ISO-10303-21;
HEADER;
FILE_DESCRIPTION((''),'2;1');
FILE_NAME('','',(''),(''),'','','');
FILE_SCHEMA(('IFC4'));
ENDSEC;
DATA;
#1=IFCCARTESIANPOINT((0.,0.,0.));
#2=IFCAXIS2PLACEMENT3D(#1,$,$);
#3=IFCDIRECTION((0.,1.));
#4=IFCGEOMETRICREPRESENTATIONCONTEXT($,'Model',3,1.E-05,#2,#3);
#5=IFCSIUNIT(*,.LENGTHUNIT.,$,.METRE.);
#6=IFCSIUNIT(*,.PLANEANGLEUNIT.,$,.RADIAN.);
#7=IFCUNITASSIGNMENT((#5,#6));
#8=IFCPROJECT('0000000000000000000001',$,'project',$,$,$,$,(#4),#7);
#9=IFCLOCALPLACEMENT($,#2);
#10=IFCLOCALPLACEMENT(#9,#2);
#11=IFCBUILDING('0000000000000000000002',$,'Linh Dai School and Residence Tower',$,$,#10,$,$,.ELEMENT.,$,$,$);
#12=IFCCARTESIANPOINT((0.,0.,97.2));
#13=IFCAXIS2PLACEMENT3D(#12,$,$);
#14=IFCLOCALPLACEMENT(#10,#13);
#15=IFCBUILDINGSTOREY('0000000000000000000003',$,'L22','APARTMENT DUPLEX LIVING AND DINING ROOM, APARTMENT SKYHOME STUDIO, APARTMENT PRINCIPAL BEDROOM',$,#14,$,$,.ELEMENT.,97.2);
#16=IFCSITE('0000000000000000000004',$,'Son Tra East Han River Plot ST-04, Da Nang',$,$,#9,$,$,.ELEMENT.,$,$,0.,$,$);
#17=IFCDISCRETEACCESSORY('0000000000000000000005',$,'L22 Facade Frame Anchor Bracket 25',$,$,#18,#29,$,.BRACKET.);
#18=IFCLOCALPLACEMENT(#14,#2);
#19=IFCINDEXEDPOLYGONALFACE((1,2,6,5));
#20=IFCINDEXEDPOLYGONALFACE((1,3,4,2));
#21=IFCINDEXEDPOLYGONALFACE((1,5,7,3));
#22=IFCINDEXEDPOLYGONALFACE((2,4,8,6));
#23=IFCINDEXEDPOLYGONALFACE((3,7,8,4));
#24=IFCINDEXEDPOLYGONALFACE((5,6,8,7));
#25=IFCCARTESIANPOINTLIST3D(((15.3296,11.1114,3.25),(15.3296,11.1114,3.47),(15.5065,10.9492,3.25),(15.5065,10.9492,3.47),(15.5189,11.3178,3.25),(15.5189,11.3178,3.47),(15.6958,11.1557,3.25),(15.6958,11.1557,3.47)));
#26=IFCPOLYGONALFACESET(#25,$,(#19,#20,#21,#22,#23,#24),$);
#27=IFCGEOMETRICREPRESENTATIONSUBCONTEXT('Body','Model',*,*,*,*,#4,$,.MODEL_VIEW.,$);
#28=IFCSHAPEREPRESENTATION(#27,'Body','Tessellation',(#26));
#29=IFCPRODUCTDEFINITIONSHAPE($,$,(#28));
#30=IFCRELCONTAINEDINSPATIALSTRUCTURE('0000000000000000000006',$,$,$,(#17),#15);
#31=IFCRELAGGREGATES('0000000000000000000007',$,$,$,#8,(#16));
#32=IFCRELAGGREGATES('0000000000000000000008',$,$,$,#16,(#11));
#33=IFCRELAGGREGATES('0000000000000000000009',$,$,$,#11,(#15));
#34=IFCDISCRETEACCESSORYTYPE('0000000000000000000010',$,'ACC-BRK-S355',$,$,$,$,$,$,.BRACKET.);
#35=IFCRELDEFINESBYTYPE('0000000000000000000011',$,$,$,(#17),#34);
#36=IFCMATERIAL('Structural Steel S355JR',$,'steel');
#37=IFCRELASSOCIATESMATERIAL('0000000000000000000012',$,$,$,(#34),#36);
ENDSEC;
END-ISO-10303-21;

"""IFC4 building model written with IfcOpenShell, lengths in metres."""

from ifc_helpers import new_model, si_unit, direction, frame, origin, origin_2d, place, context, subcontext, project, spatial, rectangle, extrude, source, transform, mapped, material, type_object, element, save


model = new_model("IFC4")

# Units and contexts
model_context = context("Model", 3, precision=1e-05, world=origin(), true_north=direction((0.0, 1.0)))
body_context = subcontext(model_context, "Body", "Model", "MODEL_VIEW")
ifc_project = project(units=[si_unit("LENGTHUNIT", "METRE"), si_unit("PLANEANGLEUNIT", "RADIAN")], contexts=[model_context])

# Site, building, storey
site_placement = place(None, origin())
site = spatial("IfcSite", under=ifc_project, at=site_placement, Name="Son Tra East Han River Plot ST-04, Da Nang", CompositionType="ELEMENT", RefElevation=0.0)
building_placement = place(site_placement, origin())
building = spatial("IfcBuilding", under=site, at=building_placement, Name="Linh Dai School and Residence Tower", CompositionType="ELEMENT")
storey_placement = place(building_placement, frame((0.0, 0.0, 97.2)))
storey = spatial("IfcBuildingStorey", under=building, at=storey_placement, Name="L22", Description="APARTMENT DUPLEX LIVING AND DINING ROOM, APARTMENT SKYHOME STUDIO, APARTMENT PRINCIPAL BEDROOM", CompositionType="ELEMENT", Elevation=97.2)

# Shared definitions
ifc_material_1 = material(Name="Structural Steel S355JR", Category="steel")

# Discrete accessory
discrete_accessory_type = type_object("IfcDiscreteAccessoryType", Name="ACC-BRK-S355", PredefinedType="BRACKET", material=ifc_material_1)
shared_shape_1 = source(origin(), body_context, "Body", "SweptSolid", [
    extrude(rectangle(XDim=0.28, YDim=0.24, at=origin_2d()), origin(), (0.0, 0.0, 1.0), 0.22),
])
discrete_accessory_placement = place(storey_placement, frame((15.5127, 11.1335, 3.25), z_axis=(0.0, 0.0, 1.0), x_axis=(-0.675783, -0.7371, 0.0)))
element("IfcDiscreteAccessory", 1, at=discrete_accessory_placement, inside=storey, type_object=discrete_accessory_type, Name="L22 Facade Frame Anchor Bracket 25", PredefinedType="BRACKET", context=body_context, shape_type="MappedRepresentation", body=[
    mapped(shared_shape_1, transform((0.0, 0.0, 0.0), x_axis=(1.0, 0.0, 0.0), y_axis=(0.0, 1.0, 0.0), z_axis=(0.0, 0.0, 1.0), scale=1.0)),
])

save(model, "model.ifc")
